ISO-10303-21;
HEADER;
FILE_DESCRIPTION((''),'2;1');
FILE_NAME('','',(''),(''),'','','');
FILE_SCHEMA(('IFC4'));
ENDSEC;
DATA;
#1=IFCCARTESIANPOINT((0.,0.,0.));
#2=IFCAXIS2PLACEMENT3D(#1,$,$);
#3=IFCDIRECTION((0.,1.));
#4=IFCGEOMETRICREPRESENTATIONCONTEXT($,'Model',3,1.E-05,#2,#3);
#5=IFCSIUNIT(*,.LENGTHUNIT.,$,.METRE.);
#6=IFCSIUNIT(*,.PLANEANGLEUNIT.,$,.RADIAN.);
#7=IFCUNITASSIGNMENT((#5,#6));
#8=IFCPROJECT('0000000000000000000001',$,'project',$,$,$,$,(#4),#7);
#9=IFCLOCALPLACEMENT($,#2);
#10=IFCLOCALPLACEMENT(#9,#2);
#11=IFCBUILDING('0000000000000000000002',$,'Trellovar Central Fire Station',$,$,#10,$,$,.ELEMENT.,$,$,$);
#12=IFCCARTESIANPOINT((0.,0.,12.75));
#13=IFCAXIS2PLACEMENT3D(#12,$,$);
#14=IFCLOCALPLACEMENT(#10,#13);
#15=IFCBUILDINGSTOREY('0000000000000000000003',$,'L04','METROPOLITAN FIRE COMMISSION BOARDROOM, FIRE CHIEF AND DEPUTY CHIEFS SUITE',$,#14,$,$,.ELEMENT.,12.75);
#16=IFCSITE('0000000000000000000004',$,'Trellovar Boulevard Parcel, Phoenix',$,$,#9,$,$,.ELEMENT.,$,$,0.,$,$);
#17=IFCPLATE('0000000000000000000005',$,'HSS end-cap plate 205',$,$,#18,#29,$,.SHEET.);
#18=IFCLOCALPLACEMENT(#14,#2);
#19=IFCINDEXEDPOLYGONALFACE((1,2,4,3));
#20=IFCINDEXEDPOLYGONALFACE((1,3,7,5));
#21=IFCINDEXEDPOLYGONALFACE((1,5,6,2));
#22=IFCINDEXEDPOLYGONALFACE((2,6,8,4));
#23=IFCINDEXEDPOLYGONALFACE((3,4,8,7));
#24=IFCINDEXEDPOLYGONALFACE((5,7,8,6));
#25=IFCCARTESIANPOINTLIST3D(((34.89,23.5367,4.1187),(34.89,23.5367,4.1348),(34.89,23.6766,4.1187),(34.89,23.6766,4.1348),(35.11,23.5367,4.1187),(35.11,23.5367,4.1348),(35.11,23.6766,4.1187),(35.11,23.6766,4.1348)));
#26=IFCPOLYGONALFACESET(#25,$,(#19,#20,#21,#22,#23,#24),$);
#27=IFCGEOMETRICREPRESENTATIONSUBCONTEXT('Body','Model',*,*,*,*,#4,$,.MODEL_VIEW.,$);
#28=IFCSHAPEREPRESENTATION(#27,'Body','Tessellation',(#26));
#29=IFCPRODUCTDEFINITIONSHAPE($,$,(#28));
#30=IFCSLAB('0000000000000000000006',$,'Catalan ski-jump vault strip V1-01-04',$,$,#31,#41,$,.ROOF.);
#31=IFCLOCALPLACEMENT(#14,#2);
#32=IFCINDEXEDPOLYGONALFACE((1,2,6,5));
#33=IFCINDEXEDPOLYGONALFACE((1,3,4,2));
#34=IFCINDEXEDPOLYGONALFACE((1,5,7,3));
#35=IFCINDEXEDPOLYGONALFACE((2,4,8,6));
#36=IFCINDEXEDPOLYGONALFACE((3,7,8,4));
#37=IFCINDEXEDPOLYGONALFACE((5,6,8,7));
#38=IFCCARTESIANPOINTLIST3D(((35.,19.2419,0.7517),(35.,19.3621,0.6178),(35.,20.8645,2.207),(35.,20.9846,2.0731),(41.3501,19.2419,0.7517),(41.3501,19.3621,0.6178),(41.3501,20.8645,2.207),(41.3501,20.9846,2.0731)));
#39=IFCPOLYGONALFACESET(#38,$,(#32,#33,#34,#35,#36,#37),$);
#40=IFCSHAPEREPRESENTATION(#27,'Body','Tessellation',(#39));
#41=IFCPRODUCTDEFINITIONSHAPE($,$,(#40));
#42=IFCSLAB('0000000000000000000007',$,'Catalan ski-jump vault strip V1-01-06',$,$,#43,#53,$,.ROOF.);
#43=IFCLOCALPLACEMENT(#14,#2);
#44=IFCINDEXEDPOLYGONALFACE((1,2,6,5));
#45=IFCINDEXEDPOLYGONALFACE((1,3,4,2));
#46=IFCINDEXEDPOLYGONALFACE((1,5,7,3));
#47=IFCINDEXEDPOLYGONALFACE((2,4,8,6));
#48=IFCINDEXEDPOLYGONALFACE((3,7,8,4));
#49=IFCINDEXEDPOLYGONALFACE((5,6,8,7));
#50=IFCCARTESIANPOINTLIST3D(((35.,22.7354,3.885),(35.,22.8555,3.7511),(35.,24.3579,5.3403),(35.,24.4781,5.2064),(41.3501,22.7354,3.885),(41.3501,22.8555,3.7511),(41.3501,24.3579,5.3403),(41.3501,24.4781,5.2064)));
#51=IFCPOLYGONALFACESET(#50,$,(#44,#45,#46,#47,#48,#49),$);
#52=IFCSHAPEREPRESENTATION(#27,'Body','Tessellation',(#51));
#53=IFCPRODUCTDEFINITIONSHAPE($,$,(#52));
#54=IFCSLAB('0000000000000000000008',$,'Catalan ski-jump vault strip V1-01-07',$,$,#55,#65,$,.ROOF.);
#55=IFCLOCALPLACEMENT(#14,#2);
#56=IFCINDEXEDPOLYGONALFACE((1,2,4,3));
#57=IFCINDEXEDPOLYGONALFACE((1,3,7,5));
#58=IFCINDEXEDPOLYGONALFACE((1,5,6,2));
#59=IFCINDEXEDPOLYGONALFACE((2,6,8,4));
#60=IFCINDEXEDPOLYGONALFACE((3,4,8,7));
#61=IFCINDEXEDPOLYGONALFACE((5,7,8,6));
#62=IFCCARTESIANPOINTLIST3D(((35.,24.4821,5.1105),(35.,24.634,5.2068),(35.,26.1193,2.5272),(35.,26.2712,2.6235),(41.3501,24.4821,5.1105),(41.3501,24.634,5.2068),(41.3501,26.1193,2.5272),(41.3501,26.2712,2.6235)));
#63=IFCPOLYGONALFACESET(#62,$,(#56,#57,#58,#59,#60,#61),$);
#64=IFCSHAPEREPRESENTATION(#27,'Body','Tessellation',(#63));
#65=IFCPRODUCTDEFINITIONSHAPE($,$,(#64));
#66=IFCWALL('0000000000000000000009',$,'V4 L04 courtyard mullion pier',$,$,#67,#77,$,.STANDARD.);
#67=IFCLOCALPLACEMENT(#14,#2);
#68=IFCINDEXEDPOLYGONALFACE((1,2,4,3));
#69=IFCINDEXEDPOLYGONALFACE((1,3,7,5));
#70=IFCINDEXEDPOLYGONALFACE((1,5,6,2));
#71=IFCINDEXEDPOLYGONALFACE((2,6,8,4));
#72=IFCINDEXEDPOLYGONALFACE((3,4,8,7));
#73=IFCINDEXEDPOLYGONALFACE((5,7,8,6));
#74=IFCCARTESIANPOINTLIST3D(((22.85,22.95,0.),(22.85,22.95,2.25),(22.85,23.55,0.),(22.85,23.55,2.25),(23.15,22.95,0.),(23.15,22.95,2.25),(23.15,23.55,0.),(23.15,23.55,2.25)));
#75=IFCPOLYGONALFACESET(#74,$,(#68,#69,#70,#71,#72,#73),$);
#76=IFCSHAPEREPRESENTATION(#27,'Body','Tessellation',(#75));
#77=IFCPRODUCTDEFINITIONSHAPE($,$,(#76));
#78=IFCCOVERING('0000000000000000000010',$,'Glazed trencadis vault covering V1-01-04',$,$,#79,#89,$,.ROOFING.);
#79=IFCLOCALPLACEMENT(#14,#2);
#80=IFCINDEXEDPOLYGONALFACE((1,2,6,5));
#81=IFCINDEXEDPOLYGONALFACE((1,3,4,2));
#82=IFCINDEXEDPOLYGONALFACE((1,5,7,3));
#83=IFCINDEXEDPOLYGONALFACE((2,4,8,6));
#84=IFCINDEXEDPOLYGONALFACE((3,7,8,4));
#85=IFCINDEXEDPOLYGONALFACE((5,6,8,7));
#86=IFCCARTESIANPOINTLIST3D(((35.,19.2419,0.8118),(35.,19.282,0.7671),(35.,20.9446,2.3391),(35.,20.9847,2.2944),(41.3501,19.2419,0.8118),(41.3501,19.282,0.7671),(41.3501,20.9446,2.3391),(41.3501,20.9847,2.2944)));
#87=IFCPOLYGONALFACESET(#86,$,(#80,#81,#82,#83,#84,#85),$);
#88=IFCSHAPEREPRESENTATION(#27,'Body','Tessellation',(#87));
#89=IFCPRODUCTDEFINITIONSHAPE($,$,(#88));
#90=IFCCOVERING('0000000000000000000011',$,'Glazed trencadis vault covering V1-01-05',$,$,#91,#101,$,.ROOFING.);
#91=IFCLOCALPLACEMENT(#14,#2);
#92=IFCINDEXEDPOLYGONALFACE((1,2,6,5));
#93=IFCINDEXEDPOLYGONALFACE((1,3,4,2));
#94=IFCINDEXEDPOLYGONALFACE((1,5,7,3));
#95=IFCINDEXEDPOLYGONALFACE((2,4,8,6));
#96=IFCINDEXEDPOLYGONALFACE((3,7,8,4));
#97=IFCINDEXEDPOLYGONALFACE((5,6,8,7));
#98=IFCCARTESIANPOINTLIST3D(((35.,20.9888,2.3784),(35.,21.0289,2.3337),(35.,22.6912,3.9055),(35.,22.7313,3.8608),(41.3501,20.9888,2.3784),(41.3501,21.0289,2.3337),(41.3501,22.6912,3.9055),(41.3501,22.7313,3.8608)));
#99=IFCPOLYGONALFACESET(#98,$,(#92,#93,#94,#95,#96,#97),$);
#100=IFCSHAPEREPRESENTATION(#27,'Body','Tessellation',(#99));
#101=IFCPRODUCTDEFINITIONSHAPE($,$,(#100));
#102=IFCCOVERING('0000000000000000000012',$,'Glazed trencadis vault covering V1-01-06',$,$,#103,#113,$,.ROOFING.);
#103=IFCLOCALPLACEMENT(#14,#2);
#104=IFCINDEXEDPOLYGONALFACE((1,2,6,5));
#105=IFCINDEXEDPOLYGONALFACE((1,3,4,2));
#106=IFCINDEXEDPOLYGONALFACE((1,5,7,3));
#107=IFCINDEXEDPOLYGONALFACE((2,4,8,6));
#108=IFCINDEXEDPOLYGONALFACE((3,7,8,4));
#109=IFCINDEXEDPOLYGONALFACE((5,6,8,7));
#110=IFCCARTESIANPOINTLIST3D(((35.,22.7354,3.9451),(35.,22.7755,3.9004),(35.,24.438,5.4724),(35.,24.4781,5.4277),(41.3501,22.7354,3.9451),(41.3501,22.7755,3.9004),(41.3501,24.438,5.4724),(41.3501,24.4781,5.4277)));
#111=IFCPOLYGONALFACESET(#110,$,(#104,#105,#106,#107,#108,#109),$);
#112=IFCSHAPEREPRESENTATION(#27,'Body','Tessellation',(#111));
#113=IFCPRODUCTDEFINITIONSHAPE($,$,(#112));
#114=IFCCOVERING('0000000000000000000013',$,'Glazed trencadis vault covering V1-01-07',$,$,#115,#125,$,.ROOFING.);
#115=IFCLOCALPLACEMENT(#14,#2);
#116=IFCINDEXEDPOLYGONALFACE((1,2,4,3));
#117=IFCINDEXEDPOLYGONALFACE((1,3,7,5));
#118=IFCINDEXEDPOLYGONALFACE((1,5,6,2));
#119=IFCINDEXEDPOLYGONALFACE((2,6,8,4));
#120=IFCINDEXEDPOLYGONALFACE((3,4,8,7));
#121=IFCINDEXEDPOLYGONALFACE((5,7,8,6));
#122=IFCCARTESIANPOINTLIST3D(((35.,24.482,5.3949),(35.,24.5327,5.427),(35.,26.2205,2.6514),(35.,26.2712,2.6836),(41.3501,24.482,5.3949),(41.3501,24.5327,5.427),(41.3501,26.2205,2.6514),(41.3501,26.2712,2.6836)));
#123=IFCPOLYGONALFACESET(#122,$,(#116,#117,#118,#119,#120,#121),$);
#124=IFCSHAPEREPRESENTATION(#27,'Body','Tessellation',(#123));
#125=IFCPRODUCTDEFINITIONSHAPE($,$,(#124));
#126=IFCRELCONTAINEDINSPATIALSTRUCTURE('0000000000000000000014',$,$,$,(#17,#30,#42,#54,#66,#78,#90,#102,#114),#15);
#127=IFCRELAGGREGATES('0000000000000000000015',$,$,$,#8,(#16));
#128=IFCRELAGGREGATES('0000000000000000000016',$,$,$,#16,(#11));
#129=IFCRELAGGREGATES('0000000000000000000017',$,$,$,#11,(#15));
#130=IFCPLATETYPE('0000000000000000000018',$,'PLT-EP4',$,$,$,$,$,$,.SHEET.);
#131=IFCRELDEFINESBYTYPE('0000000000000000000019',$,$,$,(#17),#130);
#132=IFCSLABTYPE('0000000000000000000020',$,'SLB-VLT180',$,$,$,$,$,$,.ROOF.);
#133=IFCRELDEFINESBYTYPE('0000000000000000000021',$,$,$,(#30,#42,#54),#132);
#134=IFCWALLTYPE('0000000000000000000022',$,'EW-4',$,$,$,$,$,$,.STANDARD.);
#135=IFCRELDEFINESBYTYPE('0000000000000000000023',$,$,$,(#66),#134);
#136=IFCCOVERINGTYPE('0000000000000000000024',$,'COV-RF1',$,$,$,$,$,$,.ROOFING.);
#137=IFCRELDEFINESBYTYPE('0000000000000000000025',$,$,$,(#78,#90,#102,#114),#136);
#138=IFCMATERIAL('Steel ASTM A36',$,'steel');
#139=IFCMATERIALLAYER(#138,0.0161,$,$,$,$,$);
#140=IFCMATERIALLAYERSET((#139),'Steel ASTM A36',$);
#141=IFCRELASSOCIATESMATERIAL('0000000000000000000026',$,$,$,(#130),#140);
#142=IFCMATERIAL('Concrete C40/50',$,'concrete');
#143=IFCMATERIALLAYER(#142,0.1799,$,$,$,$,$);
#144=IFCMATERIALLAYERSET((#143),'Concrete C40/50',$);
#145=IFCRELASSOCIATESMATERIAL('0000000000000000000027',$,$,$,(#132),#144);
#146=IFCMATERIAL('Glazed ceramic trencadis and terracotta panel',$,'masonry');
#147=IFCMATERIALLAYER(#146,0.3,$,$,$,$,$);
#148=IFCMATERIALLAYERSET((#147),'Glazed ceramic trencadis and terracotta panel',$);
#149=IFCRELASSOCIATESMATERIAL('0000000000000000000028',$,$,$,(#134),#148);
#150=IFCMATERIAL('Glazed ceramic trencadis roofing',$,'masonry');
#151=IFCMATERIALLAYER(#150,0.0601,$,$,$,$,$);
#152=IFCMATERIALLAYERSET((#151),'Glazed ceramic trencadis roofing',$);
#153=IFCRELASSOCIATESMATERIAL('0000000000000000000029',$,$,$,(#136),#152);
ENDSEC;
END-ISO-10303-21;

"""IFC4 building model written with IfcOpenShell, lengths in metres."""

from ifc_helpers import new_model, si_unit, direction, frame, frame_2d, origin, origin_2d, place, context, subcontext, project, spatial, polyline, rectangle, outline, extrude, material, layer, layer_set, type_object, element, save


model = new_model("IFC4")

# Units and contexts
model_context = context("Model", 3, precision=1e-05, world=origin(), true_north=direction((0.0, 1.0)))
body_context = subcontext(model_context, "Body", "Model", "MODEL_VIEW")
ifc_project = project(units=[si_unit("LENGTHUNIT", "METRE"), si_unit("PLANEANGLEUNIT", "RADIAN")], contexts=[model_context])

# Site, building, storey
site_placement = place(None, origin())
site = spatial("IfcSite", under=ifc_project, at=site_placement, Name="Trellovar Boulevard Parcel, Phoenix", CompositionType="ELEMENT", RefElevation=0.0)
building_placement = place(site_placement, origin())
building = spatial("IfcBuilding", under=site, at=building_placement, Name="Trellovar Central Fire Station", CompositionType="ELEMENT")
storey_placement = place(building_placement, frame((0.0, 0.0, 12.75)))
storey = spatial("IfcBuildingStorey", under=building, at=storey_placement, Name="L04", Description="METROPOLITAN FIRE COMMISSION BOARDROOM, FIRE CHIEF AND DEPUTY CHIEFS SUITE", CompositionType="ELEMENT", Elevation=12.75)

# Plate
ifc_material_1 = material(Name="Steel ASTM A36", Category="steel")
ifc_layer_1 = layer(ifc_material_1, 0.0161)
ifc_layer_set_1 = layer_set([ifc_layer_1], Name="Steel ASTM A36")
plate_type_1 = type_object("IfcPlateType", Name="PLT-EP4", PredefinedType="SHEET", material=ifc_layer_set_1)
for number, where, z_axis, x_axis, name in (
    (1, (35.0, 23.6067, 4.1187), (0.0, 0.0, 1.0), (1.0, 0.0, 0.0), "HSS end-cap plate 205"),
):
    element("IfcPlate", number, at=place(storey_placement, frame(where, z_axis=z_axis, x_axis=x_axis)), inside=storey, type_object=plate_type_1, Name=name, PredefinedType="SHEET", context=body_context, shape_type="SweptSolid", body=[
        extrude(rectangle(XDim=0.22, YDim=0.1399, at=origin_2d()), origin(), (0.0, 0.0, 1.0), 0.0161),
    ])

# Slabs
ifc_material_2 = material(Name="Concrete C40/50", Category="concrete")
ifc_layer_2 = layer(ifc_material_2, 0.1799)
ifc_layer_set_2 = layer_set([ifc_layer_2], Name="Concrete C40/50")
slab_type = type_object("IfcSlabType", Name="SLB-VLT180", PredefinedType="ROOF", material=ifc_layer_set_2)
for number, where, z_axis, x_axis, name in (
    (2, (35.0, 19.2419, 0.7517), (0.0, -0.667701, 0.744429), (1.0, 0.0, 0.0), "Catalan ski-jump vault strip V1-01-04"),
    (3, (35.0, 22.7354, 3.885), (0.0, -0.667701, 0.744429), (1.0, 0.0, 0.0), "Catalan ski-jump vault strip V1-01-06"),
):
    element("IfcSlab", number, at=place(storey_placement, frame(where, z_axis=z_axis, x_axis=x_axis)), inside=storey, type_object=slab_type, Name=name, PredefinedType="ROOF", context=body_context, shape_type="SweptSolid", body=[
        extrude(outline(polyline([(0.0, 0.0), (6.3501, 0.0), (6.3501, 2.1796), (0.0, 2.1796), (0.0, 0.0)])), origin(), (0.0, 0.0, -1.0), 0.1799),
    ])
slab_placement = place(storey_placement, frame((35.0, 24.634, 5.2068), z_axis=(0.0, 0.844649, 0.53532), x_axis=(1.0, 0.0, 0.0)))
element("IfcSlab", 4, at=slab_placement, inside=storey, type_object=slab_type, Name="Catalan ski-jump vault strip V1-01-07", PredefinedType="ROOF", context=body_context, shape_type="SweptSolid", body=[
    extrude(outline(polyline([(0.0, 0.0), (6.3501, 0.0), (6.3501, 3.0584), (0.0, 3.0584), (0.0, 0.0)])), origin(), (0.0, 0.0, -1.0), 0.1799),
])

# Wall
ifc_material_3 = material(Name="Glazed ceramic trencadis and terracotta panel", Category="masonry")
ifc_layer_3 = layer(ifc_material_3, 0.3)
ifc_layer_set_3 = layer_set([ifc_layer_3], Name="Glazed ceramic trencadis and terracotta panel")
wall_type = type_object("IfcWallType", Name="EW-4", PredefinedType="STANDARD", material=ifc_layer_set_3)
wall_placement = place(storey_placement, frame((23.0, 22.95, 0.0), z_axis=(0.0, 0.0, 1.0), x_axis=(0.0, 1.0, 0.0)))
element("IfcWall", 5, at=wall_placement, inside=storey, type_object=wall_type, Name="V4 L04 courtyard mullion pier", PredefinedType="STANDARD", context=body_context, shape_type="SweptSolid", body=[
    extrude(rectangle(XDim=0.6001, YDim=0.3, at=frame_2d((0.3, 0.0))), origin(), (0.0, 0.0, 1.0), 2.25),
])

# Coverings
ifc_material_4 = material(Name="Glazed ceramic trencadis roofing", Category="masonry")
ifc_layer_4 = layer(ifc_material_4, 0.0601)
ifc_layer_set_4 = layer_set([ifc_layer_4], Name="Glazed ceramic trencadis roofing")
covering_type = type_object("IfcCoveringType", Name="COV-RF1", PredefinedType="ROOFING", material=ifc_layer_set_4)
covering_1_placement = place(storey_placement, frame((35.0, 19.2419, 0.8118), z_axis=(0.0, -0.667749, 0.744386), x_axis=(1.0, 0.0, 0.0)))
element("IfcCovering", 6, at=covering_1_placement, inside=storey, type_object=covering_type, Name="Glazed trencadis vault covering V1-01-04", PredefinedType="ROOFING", context=body_context, shape_type="SweptSolid", body=[
    extrude(outline(polyline([(0.0, 0.0), (6.3501, 0.0), (6.3501, 2.2873), (0.0, 2.2873), (0.0, 0.0)])), origin(), (0.0, 0.0, -1.0), 0.0601),
])
covering_2_placement = place(storey_placement, frame((35.0, 20.9888, 2.3784), z_axis=(0.0, -0.667743, 0.744392), x_axis=(1.0, 0.0, 0.0)))
element("IfcCovering", 7, at=covering_2_placement, inside=storey, type_object=covering_type, Name="Glazed trencadis vault covering V1-01-05", PredefinedType="ROOFING", context=body_context, shape_type="SweptSolid", body=[
    extrude(outline(polyline([(0.0, 0.0), (6.3501, 0.0), (6.3501, 2.287), (0.0, 2.287), (0.0, 0.0)])), origin(), (0.0, 0.0, -1.0), 0.0601),
])
covering_3_placement = place(storey_placement, frame((35.0, 22.7354, 3.9451), z_axis=(0.0, -0.667749, 0.744386), x_axis=(1.0, 0.0, 0.0)))
element("IfcCovering", 8, at=covering_3_placement, inside=storey, type_object=covering_type, Name="Glazed trencadis vault covering V1-01-06", PredefinedType="ROOFING", context=body_context, shape_type="SweptSolid", body=[
    extrude(outline(polyline([(0.0, 0.0), (6.3501, 0.0), (6.3501, 2.2873), (0.0, 2.2873), (0.0, 0.0)])), origin(), (0.0, 0.0, -1.0), 0.0601),
])
covering_4_placement = place(storey_placement, frame((35.0, 24.5327, 5.427), z_axis=(0.0, 0.844675, 0.535279), x_axis=(1.0, 0.0, 0.0)))
element("IfcCovering", 9, at=covering_4_placement, inside=storey, type_object=covering_type, Name="Glazed trencadis vault covering V1-01-07", PredefinedType="ROOFING", context=body_context, shape_type="SweptSolid", body=[
    extrude(outline(polyline([(0.0, 0.0), (6.3501, 0.0), (6.3501, 3.2479), (0.0, 3.2479), (0.0, 0.0)])), origin(), (0.0, 0.0, -1.0), 0.0601),
])

save(model, "model.ifc")
